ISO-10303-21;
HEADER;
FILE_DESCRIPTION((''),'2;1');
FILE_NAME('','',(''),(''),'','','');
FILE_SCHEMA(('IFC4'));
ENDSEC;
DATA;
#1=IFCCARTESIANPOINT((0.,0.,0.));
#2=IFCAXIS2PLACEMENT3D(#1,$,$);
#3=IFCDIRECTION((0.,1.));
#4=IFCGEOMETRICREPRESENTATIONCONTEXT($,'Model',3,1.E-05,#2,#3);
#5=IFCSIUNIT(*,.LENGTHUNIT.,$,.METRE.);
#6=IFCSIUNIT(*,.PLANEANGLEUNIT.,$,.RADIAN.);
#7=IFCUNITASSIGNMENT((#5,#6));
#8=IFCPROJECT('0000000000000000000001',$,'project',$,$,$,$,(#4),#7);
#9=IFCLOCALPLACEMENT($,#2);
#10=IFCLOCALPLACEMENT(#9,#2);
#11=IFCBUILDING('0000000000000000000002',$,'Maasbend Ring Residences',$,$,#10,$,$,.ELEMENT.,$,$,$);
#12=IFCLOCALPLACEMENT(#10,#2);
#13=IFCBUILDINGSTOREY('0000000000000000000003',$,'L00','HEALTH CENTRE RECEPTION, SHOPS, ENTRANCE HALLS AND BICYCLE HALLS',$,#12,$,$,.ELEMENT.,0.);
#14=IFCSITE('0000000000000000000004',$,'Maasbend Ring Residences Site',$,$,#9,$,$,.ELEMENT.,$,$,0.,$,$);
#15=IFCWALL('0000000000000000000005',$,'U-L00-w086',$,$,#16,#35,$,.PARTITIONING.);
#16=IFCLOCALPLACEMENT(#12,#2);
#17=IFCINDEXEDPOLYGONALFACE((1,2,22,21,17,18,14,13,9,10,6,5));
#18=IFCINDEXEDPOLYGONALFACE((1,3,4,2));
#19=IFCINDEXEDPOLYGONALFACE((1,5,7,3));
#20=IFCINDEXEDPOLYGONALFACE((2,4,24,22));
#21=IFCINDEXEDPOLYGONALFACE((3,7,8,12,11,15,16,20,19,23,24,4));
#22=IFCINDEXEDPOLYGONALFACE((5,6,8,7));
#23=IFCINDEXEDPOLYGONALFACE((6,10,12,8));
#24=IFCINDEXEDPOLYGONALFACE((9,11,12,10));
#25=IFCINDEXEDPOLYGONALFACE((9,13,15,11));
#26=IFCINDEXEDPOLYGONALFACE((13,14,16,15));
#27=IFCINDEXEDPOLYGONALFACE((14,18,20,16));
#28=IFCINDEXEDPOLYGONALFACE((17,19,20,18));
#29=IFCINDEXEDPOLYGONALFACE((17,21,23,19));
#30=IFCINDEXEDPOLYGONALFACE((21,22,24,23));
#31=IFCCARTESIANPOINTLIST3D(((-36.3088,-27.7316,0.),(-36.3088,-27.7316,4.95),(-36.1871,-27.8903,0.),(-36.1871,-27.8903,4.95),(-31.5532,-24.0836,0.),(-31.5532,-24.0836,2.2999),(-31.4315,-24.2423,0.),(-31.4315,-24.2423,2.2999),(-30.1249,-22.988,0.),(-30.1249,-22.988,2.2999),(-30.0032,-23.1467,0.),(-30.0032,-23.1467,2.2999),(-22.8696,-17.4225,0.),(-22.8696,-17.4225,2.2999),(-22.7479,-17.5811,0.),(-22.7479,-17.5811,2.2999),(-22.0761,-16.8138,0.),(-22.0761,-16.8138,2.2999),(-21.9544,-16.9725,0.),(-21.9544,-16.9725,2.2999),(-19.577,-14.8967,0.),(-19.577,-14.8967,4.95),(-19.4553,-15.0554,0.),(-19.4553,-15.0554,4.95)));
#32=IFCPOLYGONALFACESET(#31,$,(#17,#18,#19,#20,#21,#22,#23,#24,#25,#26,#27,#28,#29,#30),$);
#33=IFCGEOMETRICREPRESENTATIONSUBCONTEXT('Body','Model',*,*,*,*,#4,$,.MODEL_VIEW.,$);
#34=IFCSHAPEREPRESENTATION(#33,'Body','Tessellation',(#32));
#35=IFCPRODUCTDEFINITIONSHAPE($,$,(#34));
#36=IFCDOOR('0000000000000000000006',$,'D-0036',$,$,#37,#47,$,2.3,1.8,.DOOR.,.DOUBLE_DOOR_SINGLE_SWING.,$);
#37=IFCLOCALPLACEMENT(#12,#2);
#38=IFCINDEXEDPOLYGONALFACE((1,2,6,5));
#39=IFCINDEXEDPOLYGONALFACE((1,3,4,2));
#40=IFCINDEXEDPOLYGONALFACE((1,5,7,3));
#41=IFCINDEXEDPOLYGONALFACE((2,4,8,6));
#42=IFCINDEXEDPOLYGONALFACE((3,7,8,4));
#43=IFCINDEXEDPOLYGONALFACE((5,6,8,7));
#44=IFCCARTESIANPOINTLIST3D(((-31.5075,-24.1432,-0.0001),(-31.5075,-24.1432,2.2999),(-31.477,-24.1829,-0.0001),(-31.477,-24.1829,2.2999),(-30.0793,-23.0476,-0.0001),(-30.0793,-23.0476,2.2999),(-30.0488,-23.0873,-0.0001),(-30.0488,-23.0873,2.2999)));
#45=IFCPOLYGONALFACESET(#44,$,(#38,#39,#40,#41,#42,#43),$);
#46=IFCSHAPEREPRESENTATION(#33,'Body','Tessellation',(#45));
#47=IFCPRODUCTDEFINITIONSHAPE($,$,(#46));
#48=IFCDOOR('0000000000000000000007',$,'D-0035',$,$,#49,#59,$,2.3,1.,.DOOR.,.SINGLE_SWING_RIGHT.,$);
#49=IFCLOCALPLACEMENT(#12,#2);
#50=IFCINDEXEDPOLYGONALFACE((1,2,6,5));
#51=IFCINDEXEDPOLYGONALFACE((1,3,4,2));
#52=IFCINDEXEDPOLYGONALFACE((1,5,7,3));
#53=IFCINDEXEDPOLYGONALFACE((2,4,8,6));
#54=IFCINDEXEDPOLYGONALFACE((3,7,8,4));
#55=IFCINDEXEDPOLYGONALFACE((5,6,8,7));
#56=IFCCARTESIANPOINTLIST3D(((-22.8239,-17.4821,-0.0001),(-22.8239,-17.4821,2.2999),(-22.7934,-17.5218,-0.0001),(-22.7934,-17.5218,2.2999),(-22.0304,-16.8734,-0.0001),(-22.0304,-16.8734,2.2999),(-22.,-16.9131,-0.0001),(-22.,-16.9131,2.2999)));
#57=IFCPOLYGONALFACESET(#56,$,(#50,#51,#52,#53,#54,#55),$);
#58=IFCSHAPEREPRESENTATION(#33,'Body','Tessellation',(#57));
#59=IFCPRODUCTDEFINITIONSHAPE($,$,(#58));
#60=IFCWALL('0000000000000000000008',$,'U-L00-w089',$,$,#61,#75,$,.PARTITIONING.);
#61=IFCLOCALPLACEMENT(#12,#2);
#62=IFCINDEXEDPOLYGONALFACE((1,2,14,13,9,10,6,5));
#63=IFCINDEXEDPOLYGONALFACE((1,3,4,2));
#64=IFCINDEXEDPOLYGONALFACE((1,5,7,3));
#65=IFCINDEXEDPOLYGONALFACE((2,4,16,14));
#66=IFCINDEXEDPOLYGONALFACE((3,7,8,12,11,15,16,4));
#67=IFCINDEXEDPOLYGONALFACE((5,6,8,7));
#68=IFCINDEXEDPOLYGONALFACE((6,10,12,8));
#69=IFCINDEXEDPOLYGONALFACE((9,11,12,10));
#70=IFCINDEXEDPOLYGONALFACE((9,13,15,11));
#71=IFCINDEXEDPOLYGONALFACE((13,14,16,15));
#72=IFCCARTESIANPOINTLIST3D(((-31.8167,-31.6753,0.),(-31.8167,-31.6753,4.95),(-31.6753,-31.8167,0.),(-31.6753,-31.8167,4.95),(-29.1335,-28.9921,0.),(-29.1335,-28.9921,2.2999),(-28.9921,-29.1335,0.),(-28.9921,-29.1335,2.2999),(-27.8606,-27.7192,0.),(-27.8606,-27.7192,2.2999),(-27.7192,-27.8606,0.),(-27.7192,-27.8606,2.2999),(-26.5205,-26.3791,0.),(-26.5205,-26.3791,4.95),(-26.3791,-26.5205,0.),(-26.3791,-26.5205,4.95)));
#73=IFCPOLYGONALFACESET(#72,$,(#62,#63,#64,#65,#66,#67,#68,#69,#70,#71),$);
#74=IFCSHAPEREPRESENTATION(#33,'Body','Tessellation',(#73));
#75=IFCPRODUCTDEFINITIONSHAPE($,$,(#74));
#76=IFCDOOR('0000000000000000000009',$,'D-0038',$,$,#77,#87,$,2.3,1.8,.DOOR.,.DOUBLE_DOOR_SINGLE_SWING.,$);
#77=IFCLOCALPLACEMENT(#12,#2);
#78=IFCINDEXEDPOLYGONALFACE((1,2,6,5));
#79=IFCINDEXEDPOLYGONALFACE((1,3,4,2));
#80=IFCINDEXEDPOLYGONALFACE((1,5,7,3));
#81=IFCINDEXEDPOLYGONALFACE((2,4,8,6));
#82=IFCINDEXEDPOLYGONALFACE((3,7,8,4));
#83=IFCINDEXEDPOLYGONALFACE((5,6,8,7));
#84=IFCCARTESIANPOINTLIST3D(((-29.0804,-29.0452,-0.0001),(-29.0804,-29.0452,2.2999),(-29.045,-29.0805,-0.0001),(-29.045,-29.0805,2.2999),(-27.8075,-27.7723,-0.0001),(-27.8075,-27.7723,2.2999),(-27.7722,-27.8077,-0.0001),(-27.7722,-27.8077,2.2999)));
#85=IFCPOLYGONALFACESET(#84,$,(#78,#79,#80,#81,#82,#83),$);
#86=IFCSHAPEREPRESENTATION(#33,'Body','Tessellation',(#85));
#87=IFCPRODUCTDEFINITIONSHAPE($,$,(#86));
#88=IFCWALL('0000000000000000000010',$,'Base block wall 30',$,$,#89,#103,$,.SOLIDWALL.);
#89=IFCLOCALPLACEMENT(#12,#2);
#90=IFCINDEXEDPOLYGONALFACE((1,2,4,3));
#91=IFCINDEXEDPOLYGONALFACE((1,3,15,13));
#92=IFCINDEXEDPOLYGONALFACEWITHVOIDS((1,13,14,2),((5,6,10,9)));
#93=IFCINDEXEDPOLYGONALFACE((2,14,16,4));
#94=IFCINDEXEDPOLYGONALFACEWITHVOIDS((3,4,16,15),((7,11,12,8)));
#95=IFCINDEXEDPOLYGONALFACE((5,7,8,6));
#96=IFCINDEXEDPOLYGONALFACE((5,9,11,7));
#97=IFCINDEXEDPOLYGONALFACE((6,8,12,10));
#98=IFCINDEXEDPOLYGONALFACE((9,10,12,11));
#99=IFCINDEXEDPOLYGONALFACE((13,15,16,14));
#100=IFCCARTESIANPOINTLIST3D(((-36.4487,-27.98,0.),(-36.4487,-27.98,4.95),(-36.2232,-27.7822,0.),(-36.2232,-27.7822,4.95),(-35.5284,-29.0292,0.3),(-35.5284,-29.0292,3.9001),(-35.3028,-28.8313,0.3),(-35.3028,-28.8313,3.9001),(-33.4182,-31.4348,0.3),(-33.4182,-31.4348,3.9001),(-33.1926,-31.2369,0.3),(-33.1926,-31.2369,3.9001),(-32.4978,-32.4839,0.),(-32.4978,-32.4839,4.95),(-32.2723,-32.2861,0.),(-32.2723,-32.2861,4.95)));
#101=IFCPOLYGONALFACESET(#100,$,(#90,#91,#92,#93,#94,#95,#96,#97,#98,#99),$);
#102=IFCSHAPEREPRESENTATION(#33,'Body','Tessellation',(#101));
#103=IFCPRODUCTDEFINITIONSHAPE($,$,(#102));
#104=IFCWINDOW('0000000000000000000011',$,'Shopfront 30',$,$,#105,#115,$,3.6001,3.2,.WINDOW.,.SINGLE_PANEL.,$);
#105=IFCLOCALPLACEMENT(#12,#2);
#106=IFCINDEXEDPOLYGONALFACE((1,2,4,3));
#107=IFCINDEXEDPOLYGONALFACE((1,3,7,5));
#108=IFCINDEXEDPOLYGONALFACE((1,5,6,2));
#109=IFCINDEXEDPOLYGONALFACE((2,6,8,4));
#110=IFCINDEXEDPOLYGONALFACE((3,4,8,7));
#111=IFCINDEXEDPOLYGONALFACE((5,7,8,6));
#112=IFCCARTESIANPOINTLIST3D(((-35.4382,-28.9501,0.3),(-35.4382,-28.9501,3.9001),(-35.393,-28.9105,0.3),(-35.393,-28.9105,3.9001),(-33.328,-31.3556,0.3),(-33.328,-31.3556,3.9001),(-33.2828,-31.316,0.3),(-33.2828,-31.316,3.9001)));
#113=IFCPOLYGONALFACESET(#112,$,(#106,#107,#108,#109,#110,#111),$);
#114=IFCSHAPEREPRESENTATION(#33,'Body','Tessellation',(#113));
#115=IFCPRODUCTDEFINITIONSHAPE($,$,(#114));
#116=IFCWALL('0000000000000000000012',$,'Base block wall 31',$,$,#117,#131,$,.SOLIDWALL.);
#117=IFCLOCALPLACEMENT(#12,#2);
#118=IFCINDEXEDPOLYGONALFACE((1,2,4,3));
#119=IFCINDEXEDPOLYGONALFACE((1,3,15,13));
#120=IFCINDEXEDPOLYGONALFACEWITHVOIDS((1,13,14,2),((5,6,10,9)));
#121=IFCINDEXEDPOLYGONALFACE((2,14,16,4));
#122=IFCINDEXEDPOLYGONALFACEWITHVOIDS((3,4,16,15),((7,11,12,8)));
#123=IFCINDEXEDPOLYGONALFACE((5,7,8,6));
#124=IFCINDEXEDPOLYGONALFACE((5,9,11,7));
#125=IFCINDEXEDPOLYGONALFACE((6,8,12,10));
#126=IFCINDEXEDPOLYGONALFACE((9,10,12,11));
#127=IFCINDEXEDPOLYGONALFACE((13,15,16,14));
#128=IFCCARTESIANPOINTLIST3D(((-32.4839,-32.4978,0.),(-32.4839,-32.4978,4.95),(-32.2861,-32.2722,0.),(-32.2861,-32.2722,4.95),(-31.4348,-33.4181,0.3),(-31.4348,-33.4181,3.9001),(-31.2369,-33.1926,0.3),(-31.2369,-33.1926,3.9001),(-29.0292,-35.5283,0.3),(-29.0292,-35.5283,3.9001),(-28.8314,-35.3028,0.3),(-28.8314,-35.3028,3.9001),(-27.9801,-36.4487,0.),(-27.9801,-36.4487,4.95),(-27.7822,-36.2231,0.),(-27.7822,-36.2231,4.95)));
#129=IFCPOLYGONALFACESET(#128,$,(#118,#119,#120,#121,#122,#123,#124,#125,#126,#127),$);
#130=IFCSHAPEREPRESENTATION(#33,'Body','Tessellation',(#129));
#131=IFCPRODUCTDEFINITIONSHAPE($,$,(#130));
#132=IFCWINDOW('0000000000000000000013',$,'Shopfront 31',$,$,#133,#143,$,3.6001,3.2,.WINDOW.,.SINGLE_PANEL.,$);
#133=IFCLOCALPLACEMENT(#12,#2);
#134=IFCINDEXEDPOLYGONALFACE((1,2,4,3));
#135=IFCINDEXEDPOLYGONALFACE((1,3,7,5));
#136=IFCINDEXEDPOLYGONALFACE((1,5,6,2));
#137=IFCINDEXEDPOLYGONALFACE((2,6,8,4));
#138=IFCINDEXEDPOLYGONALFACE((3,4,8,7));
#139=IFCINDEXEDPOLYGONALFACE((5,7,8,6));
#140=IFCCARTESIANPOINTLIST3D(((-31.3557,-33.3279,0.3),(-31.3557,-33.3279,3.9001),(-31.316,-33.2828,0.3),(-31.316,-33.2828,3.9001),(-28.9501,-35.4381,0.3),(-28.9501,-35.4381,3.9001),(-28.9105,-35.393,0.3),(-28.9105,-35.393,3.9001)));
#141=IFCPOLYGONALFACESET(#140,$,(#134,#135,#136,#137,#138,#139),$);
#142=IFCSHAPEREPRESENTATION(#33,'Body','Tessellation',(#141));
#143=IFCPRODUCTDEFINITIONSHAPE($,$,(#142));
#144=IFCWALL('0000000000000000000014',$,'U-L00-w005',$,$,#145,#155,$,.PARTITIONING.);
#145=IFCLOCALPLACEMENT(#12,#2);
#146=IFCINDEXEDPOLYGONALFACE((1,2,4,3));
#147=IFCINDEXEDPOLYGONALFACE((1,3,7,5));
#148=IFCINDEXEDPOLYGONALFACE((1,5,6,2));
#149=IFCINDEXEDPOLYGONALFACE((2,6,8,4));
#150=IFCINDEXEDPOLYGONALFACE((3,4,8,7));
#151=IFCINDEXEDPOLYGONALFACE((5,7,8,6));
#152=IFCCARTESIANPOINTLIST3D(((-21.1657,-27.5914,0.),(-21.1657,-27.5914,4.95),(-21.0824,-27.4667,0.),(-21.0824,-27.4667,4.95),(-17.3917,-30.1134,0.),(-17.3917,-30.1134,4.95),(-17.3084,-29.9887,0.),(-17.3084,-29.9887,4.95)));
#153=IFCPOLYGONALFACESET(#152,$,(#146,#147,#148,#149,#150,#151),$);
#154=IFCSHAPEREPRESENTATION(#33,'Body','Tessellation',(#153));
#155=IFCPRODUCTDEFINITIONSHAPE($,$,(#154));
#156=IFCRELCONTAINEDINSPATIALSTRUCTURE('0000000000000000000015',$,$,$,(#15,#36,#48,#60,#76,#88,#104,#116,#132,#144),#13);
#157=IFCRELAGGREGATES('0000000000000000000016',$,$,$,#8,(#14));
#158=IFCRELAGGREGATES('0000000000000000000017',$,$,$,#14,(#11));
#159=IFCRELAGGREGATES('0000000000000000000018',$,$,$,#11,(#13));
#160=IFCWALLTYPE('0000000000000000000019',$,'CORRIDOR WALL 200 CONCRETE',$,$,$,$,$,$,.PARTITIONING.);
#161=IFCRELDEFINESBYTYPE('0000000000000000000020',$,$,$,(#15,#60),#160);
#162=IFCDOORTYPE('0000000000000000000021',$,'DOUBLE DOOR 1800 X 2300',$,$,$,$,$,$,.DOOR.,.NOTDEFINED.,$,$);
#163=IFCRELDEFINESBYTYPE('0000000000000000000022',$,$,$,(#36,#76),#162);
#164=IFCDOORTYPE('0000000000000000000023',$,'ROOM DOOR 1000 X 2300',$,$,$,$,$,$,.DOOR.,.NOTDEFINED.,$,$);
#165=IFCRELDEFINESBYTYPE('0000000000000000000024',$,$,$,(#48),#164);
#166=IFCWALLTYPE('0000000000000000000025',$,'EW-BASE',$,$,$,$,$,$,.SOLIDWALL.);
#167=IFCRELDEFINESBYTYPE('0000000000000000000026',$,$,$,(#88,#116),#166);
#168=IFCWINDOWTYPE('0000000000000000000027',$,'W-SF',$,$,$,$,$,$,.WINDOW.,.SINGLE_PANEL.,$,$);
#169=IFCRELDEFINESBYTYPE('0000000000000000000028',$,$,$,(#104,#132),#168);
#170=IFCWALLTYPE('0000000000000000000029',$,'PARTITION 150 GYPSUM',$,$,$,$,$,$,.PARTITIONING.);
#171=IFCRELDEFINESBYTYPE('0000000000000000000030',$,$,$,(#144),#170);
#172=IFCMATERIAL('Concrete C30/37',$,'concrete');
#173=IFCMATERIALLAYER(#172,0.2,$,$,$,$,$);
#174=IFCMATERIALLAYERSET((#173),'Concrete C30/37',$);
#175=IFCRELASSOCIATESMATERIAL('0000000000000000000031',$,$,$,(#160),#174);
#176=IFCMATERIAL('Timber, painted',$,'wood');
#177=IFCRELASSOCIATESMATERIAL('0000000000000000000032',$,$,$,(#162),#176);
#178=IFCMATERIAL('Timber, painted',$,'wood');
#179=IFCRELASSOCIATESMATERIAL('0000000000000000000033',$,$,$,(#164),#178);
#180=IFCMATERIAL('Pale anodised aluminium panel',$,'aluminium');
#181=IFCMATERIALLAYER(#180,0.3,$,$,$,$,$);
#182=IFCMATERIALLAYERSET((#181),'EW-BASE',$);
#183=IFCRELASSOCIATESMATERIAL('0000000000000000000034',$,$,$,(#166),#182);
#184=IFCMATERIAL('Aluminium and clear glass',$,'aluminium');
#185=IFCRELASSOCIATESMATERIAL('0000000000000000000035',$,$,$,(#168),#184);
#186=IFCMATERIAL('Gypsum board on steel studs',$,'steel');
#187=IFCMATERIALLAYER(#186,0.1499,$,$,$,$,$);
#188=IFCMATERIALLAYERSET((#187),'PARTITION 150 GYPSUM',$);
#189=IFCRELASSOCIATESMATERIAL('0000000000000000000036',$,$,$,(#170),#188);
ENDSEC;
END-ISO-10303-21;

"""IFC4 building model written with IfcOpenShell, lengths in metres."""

from ifc_helpers import new_model, si_unit, direction, frame, frame_2d, origin, place, context, subcontext, project, spatial, rectangle, extrude, material, layer, layer_set, type_object, element, fill, save


model = new_model("IFC4")

# Units and contexts
model_context = context("Model", 3, precision=1e-05, world=origin(), true_north=direction((0.0, 1.0)))
body_context = subcontext(model_context, "Body", "Model", "MODEL_VIEW")
ifc_project = project(units=[si_unit("LENGTHUNIT", "METRE"), si_unit("PLANEANGLEUNIT", "RADIAN")], contexts=[model_context])

# Site, building, storey
site_placement = place(None, origin())
site = spatial("IfcSite", under=ifc_project, at=site_placement, Name="Maasbend Ring Residences Site", CompositionType="ELEMENT", RefElevation=0.0)
building_placement = place(site_placement, origin())
building = spatial("IfcBuilding", under=site, at=building_placement, Name="Maasbend Ring Residences", CompositionType="ELEMENT")
storey_placement = place(building_placement, origin())
storey = spatial("IfcBuildingStorey", under=building, at=storey_placement, Name="L00", Description="HEALTH CENTRE RECEPTION, SHOPS, ENTRANCE HALLS AND BICYCLE HALLS", CompositionType="ELEMENT", Elevation=0.0)

# Wall, openings, doors
ifc_material_1 = material(Name="Concrete C30/37", Category="concrete")
ifc_layer_1 = layer(ifc_material_1, 0.2)
ifc_layer_set_1 = layer_set([ifc_layer_1], Name="Concrete C30/37")
wall_type_1 = type_object("IfcWallType", Name="CORRIDOR WALL 200 CONCRETE", PredefinedType="PARTITIONING", material=ifc_layer_set_1)
wall_1_placement = place(storey_placement, frame((-36.248, -27.811, 0.0), z_axis=(0.0, 0.0, 1.0), x_axis=(0.793443, 0.608645, 0.0)))
wall_1 = element("IfcWall", 1, at=wall_1_placement, inside=storey, type_object=wall_type_1, Name="U-L00-w086", PredefinedType="PARTITIONING", context=body_context, shape_type="SweptSolid", body=[
    extrude(rectangle(XDim=21.0876, YDim=0.2, at=frame_2d((10.5439, 0.0))), origin(), (0.0, 0.0, 1.0), 4.95),
])
opening_1_placement = place(wall_1_placement, frame((16.938, 0.0, 0.0)))
opening_1 = element("IfcOpeningElement", 2, at=opening_1_placement, cuts=wall_1, PredefinedType="OPENING", context=body_context, shape_type="SweptSolid", body=[
    extrude(rectangle(XDim=1.0, YDim=2.3, at=frame_2d((0.5, 1.1499))), frame((0.0, 0.1099, 0.0), z_axis=(0.0, -1.0, 0.0), x_axis=(1.0, 0.0, 0.0)), (0.0, 0.0, 1.0), 0.22),
])
opening_2_placement = place(wall_1_placement, frame((5.9939, 0.0, 0.0)))
opening_2 = element("IfcOpeningElement", 3, at=opening_2_placement, cuts=wall_1, PredefinedType="OPENING", context=body_context, shape_type="SweptSolid", body=[
    extrude(rectangle(XDim=1.8, YDim=2.3, at=frame_2d((0.8999, 1.1499))), frame((0.0, 0.1099, 0.0), z_axis=(0.0, -1.0, 0.0), x_axis=(1.0, 0.0, 0.0)), (0.0, 0.0, 1.0), 0.22),
])
ifc_material_2 = material(Name="Timber, painted", Category="wood")
door_type_1 = type_object("IfcDoorType", Name="DOUBLE DOOR 1800 X 2300", OperationType="NOTDEFINED", PredefinedType="DOOR", material=ifc_material_2)
door_1_placement = place(opening_2_placement, origin())
door_1 = element("IfcDoor", 4, at=door_1_placement, inside=storey, type_object=door_type_1, Name="D-0036", OperationType="DOUBLE_DOOR_SINGLE_SWING", OverallHeight=2.3, OverallWidth=1.8, PredefinedType="DOOR", context=body_context, shape_type="SweptSolid", body=[
    extrude(rectangle(XDim=1.8, YDim=2.3, at=frame_2d((0.8999, 1.1499))), frame((0.0, 0.0249, 0.0), z_axis=(0.0, -1.0, 0.0), x_axis=(1.0, 0.0, 0.0)), (0.0, 0.0, 1.0), 0.05),
])
fill(opening_2, door_1)
ifc_material_3 = material(Name="Timber, painted", Category="wood")
door_type_2 = type_object("IfcDoorType", Name="ROOM DOOR 1000 X 2300", OperationType="NOTDEFINED", PredefinedType="DOOR", material=ifc_material_3)
door_2_placement = place(opening_1_placement, origin())
door_2 = element("IfcDoor", 5, at=door_2_placement, inside=storey, type_object=door_type_2, Name="D-0035", OperationType="SINGLE_SWING_RIGHT", OverallHeight=2.3, OverallWidth=1.0, PredefinedType="DOOR", context=body_context, shape_type="SweptSolid", body=[
    extrude(rectangle(XDim=1.0, YDim=2.3, at=frame_2d((0.5, 1.1499))), frame((0.0, 0.0249, 0.0), z_axis=(0.0, -1.0, 0.0), x_axis=(1.0, 0.0, 0.0)), (0.0, 0.0, 1.0), 0.05),
])
fill(opening_1, door_2)

# Wall, opening, door
wall_2_placement = place(storey_placement, frame((-31.7461, -31.7461, 0.0), z_axis=(0.0, 0.0, 1.0), x_axis=(0.707107, 0.707107, 0.0)))
wall_2 = element("IfcWall", 6, at=wall_2_placement, inside=storey, type_object=wall_type_1, Name="U-L00-w089", PredefinedType="PARTITIONING", context=body_context, shape_type="SweptSolid", body=[
    extrude(rectangle(XDim=7.49, YDim=0.2, at=frame_2d((3.7451, 0.0))), origin(), (0.0, 0.0, 1.0), 4.95),
])
opening_3_placement = place(wall_2_placement, frame((3.7949, 0.0, 0.0)))
opening_3 = element("IfcOpeningElement", 7, at=opening_3_placement, cuts=wall_2, PredefinedType="OPENING", context=body_context, shape_type="SweptSolid", body=[
    extrude(rectangle(XDim=1.8, YDim=2.3, at=frame_2d((0.8999, 1.1499))), frame((0.0, 0.1099, 0.0), z_axis=(0.0, -1.0, 0.0), x_axis=(1.0, 0.0, 0.0)), (0.0, 0.0, 1.0), 0.22),
])
door_3_placement = place(opening_3_placement, origin())
door_3 = element("IfcDoor", 8, at=door_3_placement, inside=storey, type_object=door_type_1, Name="D-0038", OperationType="DOUBLE_DOOR_SINGLE_SWING", OverallHeight=2.3, OverallWidth=1.8, PredefinedType="DOOR", context=body_context, shape_type="SweptSolid", body=[
    extrude(rectangle(XDim=1.8, YDim=2.3, at=frame_2d((0.8999, 1.1499))), frame((0.0, 0.0249, 0.0), z_axis=(0.0, -1.0, 0.0), x_axis=(1.0, 0.0, 0.0)), (0.0, 0.0, 1.0), 0.05),
])
fill(opening_3, door_3)

# Walls, openings, windows
ifc_material_4 = material(Name="Pale anodised aluminium panel", Category="aluminium")
ifc_layer_2 = layer(ifc_material_4, 0.3)
ifc_layer_set_2 = layer_set([ifc_layer_2], Name="EW-BASE")
wall_type_2 = type_object("IfcWallType", Name="EW-BASE", PredefinedType="SOLIDWALL", material=ifc_layer_set_2)
wall_3_placement = place(storey_placement, frame((-36.3359, -27.8811, 0.0), z_axis=(0.0, 0.0, 1.0), x_axis=(0.65945, -0.751748, 0.0)))
wall_3 = element("IfcWall", 9, at=wall_3_placement, inside=storey, type_object=wall_type_2, Name="Base block wall 30", PredefinedType="SOLIDWALL", context=body_context, shape_type="SweptSolid", body=[
    extrude(rectangle(XDim=5.9912, YDim=0.3, at=frame_2d((2.9956, 0.0))), origin(), (0.0, 0.0, 1.0), 4.95),
])
opening_4_placement = place(wall_3_placement, frame((1.3955, 0.0, 0.3)))
opening_4 = element("IfcOpeningElement", 10, at=opening_4_placement, cuts=wall_3, PredefinedType="OPENING", context=body_context, shape_type="SweptSolid", body=[
    extrude(rectangle(XDim=3.2, YDim=3.6001, at=frame_2d((1.6001, 1.8))), frame((0.0, 0.1602, 0.0), z_axis=(0.0, -1.0, 0.0), x_axis=(1.0, 0.0, 0.0)), (0.0, 0.0, 1.0), 0.3201),
])
ifc_material_5 = material(Name="Aluminium and clear glass", Category="aluminium")
window_type = type_object("IfcWindowType", Name="W-SF", PartitioningType="SINGLE_PANEL", PredefinedType="WINDOW", material=ifc_material_5)
window_1_placement = place(opening_4_placement, origin())
window_1 = element("IfcWindow", 11, at=window_1_placement, inside=storey, type_object=window_type, Name="Shopfront 30", OverallHeight=3.6001, OverallWidth=3.2, PartitioningType="SINGLE_PANEL", PredefinedType="WINDOW", context=body_context, shape_type="SweptSolid", body=[
    extrude(rectangle(XDim=3.2, YDim=3.6001, at=frame_2d((1.6001, 1.8))), frame((0.0, 0.03, 0.0), z_axis=(0.0, -1.0, 0.0), x_axis=(1.0, 0.0, 0.0)), (0.0, 0.0, 1.0), 0.0601),
])
fill(opening_4, window_1)
wall_4_placement = place(storey_placement, frame((-32.385, -32.385, 0.0), z_axis=(0.0, 0.0, 1.0), x_axis=(0.751748, -0.65945, 0.0)))
wall_4 = element("IfcWall", 12, at=wall_4_placement, inside=storey, type_object=wall_type_2, Name="Base block wall 31", PredefinedType="SOLIDWALL", context=body_context, shape_type="SweptSolid", body=[
    extrude(rectangle(XDim=5.9912, YDim=0.3, at=frame_2d((2.9956, 0.0))), origin(), (0.0, 0.0, 1.0), 4.95),
])
opening_5_placement = place(wall_4_placement, frame((1.3955, 0.0, 0.3)))
opening_5 = element("IfcOpeningElement", 13, at=opening_5_placement, cuts=wall_4, PredefinedType="OPENING", context=body_context, shape_type="SweptSolid", body=[
    extrude(rectangle(XDim=3.2, YDim=3.6001, at=frame_2d((1.6001, 1.8))), frame((0.0, 0.1602, 0.0), z_axis=(0.0, -1.0, 0.0), x_axis=(1.0, 0.0, 0.0)), (0.0, 0.0, 1.0), 0.3201),
])
window_2_placement = place(opening_5_placement, origin())
window_2 = element("IfcWindow", 14, at=window_2_placement, inside=storey, type_object=window_type, Name="Shopfront 31", OverallHeight=3.6001, OverallWidth=3.2, PartitioningType="SINGLE_PANEL", PredefinedType="WINDOW", context=body_context, shape_type="SweptSolid", body=[
    extrude(rectangle(XDim=3.2, YDim=3.6001, at=frame_2d((1.6001, 1.8))), frame((0.0, 0.03, 0.0), z_axis=(0.0, -1.0, 0.0), x_axis=(1.0, 0.0, 0.0)), (0.0, 0.0, 1.0), 0.0601),
])
fill(opening_5, window_2)

# Wall
ifc_material_6 = material(Name="Gypsum board on steel studs", Category="steel")
ifc_layer_3 = layer(ifc_material_6, 0.1499)
ifc_layer_set_3 = layer_set([ifc_layer_3], Name="PARTITION 150 GYPSUM")
wall_type_3 = type_object("IfcWallType", Name="PARTITION 150 GYPSUM", PredefinedType="PARTITIONING", material=ifc_layer_set_3)
wall_5_placement = place(storey_placement, frame((-21.124, -27.5291, 0.0), z_axis=(0.0, 0.0, 1.0), x_axis=(0.831437, -0.555618, 0.0)))
element("IfcWall", 15, at=wall_5_placement, inside=storey, type_object=wall_type_3, Name="U-L00-w005", PredefinedType="PARTITIONING", context=body_context, shape_type="SweptSolid", body=[
    extrude(rectangle(XDim=4.5391, YDim=0.1499, at=frame_2d((2.2695, 0.0))), origin(), (0.0, 0.0, 1.0), 4.95),
])

save(model, "model.ifc")
